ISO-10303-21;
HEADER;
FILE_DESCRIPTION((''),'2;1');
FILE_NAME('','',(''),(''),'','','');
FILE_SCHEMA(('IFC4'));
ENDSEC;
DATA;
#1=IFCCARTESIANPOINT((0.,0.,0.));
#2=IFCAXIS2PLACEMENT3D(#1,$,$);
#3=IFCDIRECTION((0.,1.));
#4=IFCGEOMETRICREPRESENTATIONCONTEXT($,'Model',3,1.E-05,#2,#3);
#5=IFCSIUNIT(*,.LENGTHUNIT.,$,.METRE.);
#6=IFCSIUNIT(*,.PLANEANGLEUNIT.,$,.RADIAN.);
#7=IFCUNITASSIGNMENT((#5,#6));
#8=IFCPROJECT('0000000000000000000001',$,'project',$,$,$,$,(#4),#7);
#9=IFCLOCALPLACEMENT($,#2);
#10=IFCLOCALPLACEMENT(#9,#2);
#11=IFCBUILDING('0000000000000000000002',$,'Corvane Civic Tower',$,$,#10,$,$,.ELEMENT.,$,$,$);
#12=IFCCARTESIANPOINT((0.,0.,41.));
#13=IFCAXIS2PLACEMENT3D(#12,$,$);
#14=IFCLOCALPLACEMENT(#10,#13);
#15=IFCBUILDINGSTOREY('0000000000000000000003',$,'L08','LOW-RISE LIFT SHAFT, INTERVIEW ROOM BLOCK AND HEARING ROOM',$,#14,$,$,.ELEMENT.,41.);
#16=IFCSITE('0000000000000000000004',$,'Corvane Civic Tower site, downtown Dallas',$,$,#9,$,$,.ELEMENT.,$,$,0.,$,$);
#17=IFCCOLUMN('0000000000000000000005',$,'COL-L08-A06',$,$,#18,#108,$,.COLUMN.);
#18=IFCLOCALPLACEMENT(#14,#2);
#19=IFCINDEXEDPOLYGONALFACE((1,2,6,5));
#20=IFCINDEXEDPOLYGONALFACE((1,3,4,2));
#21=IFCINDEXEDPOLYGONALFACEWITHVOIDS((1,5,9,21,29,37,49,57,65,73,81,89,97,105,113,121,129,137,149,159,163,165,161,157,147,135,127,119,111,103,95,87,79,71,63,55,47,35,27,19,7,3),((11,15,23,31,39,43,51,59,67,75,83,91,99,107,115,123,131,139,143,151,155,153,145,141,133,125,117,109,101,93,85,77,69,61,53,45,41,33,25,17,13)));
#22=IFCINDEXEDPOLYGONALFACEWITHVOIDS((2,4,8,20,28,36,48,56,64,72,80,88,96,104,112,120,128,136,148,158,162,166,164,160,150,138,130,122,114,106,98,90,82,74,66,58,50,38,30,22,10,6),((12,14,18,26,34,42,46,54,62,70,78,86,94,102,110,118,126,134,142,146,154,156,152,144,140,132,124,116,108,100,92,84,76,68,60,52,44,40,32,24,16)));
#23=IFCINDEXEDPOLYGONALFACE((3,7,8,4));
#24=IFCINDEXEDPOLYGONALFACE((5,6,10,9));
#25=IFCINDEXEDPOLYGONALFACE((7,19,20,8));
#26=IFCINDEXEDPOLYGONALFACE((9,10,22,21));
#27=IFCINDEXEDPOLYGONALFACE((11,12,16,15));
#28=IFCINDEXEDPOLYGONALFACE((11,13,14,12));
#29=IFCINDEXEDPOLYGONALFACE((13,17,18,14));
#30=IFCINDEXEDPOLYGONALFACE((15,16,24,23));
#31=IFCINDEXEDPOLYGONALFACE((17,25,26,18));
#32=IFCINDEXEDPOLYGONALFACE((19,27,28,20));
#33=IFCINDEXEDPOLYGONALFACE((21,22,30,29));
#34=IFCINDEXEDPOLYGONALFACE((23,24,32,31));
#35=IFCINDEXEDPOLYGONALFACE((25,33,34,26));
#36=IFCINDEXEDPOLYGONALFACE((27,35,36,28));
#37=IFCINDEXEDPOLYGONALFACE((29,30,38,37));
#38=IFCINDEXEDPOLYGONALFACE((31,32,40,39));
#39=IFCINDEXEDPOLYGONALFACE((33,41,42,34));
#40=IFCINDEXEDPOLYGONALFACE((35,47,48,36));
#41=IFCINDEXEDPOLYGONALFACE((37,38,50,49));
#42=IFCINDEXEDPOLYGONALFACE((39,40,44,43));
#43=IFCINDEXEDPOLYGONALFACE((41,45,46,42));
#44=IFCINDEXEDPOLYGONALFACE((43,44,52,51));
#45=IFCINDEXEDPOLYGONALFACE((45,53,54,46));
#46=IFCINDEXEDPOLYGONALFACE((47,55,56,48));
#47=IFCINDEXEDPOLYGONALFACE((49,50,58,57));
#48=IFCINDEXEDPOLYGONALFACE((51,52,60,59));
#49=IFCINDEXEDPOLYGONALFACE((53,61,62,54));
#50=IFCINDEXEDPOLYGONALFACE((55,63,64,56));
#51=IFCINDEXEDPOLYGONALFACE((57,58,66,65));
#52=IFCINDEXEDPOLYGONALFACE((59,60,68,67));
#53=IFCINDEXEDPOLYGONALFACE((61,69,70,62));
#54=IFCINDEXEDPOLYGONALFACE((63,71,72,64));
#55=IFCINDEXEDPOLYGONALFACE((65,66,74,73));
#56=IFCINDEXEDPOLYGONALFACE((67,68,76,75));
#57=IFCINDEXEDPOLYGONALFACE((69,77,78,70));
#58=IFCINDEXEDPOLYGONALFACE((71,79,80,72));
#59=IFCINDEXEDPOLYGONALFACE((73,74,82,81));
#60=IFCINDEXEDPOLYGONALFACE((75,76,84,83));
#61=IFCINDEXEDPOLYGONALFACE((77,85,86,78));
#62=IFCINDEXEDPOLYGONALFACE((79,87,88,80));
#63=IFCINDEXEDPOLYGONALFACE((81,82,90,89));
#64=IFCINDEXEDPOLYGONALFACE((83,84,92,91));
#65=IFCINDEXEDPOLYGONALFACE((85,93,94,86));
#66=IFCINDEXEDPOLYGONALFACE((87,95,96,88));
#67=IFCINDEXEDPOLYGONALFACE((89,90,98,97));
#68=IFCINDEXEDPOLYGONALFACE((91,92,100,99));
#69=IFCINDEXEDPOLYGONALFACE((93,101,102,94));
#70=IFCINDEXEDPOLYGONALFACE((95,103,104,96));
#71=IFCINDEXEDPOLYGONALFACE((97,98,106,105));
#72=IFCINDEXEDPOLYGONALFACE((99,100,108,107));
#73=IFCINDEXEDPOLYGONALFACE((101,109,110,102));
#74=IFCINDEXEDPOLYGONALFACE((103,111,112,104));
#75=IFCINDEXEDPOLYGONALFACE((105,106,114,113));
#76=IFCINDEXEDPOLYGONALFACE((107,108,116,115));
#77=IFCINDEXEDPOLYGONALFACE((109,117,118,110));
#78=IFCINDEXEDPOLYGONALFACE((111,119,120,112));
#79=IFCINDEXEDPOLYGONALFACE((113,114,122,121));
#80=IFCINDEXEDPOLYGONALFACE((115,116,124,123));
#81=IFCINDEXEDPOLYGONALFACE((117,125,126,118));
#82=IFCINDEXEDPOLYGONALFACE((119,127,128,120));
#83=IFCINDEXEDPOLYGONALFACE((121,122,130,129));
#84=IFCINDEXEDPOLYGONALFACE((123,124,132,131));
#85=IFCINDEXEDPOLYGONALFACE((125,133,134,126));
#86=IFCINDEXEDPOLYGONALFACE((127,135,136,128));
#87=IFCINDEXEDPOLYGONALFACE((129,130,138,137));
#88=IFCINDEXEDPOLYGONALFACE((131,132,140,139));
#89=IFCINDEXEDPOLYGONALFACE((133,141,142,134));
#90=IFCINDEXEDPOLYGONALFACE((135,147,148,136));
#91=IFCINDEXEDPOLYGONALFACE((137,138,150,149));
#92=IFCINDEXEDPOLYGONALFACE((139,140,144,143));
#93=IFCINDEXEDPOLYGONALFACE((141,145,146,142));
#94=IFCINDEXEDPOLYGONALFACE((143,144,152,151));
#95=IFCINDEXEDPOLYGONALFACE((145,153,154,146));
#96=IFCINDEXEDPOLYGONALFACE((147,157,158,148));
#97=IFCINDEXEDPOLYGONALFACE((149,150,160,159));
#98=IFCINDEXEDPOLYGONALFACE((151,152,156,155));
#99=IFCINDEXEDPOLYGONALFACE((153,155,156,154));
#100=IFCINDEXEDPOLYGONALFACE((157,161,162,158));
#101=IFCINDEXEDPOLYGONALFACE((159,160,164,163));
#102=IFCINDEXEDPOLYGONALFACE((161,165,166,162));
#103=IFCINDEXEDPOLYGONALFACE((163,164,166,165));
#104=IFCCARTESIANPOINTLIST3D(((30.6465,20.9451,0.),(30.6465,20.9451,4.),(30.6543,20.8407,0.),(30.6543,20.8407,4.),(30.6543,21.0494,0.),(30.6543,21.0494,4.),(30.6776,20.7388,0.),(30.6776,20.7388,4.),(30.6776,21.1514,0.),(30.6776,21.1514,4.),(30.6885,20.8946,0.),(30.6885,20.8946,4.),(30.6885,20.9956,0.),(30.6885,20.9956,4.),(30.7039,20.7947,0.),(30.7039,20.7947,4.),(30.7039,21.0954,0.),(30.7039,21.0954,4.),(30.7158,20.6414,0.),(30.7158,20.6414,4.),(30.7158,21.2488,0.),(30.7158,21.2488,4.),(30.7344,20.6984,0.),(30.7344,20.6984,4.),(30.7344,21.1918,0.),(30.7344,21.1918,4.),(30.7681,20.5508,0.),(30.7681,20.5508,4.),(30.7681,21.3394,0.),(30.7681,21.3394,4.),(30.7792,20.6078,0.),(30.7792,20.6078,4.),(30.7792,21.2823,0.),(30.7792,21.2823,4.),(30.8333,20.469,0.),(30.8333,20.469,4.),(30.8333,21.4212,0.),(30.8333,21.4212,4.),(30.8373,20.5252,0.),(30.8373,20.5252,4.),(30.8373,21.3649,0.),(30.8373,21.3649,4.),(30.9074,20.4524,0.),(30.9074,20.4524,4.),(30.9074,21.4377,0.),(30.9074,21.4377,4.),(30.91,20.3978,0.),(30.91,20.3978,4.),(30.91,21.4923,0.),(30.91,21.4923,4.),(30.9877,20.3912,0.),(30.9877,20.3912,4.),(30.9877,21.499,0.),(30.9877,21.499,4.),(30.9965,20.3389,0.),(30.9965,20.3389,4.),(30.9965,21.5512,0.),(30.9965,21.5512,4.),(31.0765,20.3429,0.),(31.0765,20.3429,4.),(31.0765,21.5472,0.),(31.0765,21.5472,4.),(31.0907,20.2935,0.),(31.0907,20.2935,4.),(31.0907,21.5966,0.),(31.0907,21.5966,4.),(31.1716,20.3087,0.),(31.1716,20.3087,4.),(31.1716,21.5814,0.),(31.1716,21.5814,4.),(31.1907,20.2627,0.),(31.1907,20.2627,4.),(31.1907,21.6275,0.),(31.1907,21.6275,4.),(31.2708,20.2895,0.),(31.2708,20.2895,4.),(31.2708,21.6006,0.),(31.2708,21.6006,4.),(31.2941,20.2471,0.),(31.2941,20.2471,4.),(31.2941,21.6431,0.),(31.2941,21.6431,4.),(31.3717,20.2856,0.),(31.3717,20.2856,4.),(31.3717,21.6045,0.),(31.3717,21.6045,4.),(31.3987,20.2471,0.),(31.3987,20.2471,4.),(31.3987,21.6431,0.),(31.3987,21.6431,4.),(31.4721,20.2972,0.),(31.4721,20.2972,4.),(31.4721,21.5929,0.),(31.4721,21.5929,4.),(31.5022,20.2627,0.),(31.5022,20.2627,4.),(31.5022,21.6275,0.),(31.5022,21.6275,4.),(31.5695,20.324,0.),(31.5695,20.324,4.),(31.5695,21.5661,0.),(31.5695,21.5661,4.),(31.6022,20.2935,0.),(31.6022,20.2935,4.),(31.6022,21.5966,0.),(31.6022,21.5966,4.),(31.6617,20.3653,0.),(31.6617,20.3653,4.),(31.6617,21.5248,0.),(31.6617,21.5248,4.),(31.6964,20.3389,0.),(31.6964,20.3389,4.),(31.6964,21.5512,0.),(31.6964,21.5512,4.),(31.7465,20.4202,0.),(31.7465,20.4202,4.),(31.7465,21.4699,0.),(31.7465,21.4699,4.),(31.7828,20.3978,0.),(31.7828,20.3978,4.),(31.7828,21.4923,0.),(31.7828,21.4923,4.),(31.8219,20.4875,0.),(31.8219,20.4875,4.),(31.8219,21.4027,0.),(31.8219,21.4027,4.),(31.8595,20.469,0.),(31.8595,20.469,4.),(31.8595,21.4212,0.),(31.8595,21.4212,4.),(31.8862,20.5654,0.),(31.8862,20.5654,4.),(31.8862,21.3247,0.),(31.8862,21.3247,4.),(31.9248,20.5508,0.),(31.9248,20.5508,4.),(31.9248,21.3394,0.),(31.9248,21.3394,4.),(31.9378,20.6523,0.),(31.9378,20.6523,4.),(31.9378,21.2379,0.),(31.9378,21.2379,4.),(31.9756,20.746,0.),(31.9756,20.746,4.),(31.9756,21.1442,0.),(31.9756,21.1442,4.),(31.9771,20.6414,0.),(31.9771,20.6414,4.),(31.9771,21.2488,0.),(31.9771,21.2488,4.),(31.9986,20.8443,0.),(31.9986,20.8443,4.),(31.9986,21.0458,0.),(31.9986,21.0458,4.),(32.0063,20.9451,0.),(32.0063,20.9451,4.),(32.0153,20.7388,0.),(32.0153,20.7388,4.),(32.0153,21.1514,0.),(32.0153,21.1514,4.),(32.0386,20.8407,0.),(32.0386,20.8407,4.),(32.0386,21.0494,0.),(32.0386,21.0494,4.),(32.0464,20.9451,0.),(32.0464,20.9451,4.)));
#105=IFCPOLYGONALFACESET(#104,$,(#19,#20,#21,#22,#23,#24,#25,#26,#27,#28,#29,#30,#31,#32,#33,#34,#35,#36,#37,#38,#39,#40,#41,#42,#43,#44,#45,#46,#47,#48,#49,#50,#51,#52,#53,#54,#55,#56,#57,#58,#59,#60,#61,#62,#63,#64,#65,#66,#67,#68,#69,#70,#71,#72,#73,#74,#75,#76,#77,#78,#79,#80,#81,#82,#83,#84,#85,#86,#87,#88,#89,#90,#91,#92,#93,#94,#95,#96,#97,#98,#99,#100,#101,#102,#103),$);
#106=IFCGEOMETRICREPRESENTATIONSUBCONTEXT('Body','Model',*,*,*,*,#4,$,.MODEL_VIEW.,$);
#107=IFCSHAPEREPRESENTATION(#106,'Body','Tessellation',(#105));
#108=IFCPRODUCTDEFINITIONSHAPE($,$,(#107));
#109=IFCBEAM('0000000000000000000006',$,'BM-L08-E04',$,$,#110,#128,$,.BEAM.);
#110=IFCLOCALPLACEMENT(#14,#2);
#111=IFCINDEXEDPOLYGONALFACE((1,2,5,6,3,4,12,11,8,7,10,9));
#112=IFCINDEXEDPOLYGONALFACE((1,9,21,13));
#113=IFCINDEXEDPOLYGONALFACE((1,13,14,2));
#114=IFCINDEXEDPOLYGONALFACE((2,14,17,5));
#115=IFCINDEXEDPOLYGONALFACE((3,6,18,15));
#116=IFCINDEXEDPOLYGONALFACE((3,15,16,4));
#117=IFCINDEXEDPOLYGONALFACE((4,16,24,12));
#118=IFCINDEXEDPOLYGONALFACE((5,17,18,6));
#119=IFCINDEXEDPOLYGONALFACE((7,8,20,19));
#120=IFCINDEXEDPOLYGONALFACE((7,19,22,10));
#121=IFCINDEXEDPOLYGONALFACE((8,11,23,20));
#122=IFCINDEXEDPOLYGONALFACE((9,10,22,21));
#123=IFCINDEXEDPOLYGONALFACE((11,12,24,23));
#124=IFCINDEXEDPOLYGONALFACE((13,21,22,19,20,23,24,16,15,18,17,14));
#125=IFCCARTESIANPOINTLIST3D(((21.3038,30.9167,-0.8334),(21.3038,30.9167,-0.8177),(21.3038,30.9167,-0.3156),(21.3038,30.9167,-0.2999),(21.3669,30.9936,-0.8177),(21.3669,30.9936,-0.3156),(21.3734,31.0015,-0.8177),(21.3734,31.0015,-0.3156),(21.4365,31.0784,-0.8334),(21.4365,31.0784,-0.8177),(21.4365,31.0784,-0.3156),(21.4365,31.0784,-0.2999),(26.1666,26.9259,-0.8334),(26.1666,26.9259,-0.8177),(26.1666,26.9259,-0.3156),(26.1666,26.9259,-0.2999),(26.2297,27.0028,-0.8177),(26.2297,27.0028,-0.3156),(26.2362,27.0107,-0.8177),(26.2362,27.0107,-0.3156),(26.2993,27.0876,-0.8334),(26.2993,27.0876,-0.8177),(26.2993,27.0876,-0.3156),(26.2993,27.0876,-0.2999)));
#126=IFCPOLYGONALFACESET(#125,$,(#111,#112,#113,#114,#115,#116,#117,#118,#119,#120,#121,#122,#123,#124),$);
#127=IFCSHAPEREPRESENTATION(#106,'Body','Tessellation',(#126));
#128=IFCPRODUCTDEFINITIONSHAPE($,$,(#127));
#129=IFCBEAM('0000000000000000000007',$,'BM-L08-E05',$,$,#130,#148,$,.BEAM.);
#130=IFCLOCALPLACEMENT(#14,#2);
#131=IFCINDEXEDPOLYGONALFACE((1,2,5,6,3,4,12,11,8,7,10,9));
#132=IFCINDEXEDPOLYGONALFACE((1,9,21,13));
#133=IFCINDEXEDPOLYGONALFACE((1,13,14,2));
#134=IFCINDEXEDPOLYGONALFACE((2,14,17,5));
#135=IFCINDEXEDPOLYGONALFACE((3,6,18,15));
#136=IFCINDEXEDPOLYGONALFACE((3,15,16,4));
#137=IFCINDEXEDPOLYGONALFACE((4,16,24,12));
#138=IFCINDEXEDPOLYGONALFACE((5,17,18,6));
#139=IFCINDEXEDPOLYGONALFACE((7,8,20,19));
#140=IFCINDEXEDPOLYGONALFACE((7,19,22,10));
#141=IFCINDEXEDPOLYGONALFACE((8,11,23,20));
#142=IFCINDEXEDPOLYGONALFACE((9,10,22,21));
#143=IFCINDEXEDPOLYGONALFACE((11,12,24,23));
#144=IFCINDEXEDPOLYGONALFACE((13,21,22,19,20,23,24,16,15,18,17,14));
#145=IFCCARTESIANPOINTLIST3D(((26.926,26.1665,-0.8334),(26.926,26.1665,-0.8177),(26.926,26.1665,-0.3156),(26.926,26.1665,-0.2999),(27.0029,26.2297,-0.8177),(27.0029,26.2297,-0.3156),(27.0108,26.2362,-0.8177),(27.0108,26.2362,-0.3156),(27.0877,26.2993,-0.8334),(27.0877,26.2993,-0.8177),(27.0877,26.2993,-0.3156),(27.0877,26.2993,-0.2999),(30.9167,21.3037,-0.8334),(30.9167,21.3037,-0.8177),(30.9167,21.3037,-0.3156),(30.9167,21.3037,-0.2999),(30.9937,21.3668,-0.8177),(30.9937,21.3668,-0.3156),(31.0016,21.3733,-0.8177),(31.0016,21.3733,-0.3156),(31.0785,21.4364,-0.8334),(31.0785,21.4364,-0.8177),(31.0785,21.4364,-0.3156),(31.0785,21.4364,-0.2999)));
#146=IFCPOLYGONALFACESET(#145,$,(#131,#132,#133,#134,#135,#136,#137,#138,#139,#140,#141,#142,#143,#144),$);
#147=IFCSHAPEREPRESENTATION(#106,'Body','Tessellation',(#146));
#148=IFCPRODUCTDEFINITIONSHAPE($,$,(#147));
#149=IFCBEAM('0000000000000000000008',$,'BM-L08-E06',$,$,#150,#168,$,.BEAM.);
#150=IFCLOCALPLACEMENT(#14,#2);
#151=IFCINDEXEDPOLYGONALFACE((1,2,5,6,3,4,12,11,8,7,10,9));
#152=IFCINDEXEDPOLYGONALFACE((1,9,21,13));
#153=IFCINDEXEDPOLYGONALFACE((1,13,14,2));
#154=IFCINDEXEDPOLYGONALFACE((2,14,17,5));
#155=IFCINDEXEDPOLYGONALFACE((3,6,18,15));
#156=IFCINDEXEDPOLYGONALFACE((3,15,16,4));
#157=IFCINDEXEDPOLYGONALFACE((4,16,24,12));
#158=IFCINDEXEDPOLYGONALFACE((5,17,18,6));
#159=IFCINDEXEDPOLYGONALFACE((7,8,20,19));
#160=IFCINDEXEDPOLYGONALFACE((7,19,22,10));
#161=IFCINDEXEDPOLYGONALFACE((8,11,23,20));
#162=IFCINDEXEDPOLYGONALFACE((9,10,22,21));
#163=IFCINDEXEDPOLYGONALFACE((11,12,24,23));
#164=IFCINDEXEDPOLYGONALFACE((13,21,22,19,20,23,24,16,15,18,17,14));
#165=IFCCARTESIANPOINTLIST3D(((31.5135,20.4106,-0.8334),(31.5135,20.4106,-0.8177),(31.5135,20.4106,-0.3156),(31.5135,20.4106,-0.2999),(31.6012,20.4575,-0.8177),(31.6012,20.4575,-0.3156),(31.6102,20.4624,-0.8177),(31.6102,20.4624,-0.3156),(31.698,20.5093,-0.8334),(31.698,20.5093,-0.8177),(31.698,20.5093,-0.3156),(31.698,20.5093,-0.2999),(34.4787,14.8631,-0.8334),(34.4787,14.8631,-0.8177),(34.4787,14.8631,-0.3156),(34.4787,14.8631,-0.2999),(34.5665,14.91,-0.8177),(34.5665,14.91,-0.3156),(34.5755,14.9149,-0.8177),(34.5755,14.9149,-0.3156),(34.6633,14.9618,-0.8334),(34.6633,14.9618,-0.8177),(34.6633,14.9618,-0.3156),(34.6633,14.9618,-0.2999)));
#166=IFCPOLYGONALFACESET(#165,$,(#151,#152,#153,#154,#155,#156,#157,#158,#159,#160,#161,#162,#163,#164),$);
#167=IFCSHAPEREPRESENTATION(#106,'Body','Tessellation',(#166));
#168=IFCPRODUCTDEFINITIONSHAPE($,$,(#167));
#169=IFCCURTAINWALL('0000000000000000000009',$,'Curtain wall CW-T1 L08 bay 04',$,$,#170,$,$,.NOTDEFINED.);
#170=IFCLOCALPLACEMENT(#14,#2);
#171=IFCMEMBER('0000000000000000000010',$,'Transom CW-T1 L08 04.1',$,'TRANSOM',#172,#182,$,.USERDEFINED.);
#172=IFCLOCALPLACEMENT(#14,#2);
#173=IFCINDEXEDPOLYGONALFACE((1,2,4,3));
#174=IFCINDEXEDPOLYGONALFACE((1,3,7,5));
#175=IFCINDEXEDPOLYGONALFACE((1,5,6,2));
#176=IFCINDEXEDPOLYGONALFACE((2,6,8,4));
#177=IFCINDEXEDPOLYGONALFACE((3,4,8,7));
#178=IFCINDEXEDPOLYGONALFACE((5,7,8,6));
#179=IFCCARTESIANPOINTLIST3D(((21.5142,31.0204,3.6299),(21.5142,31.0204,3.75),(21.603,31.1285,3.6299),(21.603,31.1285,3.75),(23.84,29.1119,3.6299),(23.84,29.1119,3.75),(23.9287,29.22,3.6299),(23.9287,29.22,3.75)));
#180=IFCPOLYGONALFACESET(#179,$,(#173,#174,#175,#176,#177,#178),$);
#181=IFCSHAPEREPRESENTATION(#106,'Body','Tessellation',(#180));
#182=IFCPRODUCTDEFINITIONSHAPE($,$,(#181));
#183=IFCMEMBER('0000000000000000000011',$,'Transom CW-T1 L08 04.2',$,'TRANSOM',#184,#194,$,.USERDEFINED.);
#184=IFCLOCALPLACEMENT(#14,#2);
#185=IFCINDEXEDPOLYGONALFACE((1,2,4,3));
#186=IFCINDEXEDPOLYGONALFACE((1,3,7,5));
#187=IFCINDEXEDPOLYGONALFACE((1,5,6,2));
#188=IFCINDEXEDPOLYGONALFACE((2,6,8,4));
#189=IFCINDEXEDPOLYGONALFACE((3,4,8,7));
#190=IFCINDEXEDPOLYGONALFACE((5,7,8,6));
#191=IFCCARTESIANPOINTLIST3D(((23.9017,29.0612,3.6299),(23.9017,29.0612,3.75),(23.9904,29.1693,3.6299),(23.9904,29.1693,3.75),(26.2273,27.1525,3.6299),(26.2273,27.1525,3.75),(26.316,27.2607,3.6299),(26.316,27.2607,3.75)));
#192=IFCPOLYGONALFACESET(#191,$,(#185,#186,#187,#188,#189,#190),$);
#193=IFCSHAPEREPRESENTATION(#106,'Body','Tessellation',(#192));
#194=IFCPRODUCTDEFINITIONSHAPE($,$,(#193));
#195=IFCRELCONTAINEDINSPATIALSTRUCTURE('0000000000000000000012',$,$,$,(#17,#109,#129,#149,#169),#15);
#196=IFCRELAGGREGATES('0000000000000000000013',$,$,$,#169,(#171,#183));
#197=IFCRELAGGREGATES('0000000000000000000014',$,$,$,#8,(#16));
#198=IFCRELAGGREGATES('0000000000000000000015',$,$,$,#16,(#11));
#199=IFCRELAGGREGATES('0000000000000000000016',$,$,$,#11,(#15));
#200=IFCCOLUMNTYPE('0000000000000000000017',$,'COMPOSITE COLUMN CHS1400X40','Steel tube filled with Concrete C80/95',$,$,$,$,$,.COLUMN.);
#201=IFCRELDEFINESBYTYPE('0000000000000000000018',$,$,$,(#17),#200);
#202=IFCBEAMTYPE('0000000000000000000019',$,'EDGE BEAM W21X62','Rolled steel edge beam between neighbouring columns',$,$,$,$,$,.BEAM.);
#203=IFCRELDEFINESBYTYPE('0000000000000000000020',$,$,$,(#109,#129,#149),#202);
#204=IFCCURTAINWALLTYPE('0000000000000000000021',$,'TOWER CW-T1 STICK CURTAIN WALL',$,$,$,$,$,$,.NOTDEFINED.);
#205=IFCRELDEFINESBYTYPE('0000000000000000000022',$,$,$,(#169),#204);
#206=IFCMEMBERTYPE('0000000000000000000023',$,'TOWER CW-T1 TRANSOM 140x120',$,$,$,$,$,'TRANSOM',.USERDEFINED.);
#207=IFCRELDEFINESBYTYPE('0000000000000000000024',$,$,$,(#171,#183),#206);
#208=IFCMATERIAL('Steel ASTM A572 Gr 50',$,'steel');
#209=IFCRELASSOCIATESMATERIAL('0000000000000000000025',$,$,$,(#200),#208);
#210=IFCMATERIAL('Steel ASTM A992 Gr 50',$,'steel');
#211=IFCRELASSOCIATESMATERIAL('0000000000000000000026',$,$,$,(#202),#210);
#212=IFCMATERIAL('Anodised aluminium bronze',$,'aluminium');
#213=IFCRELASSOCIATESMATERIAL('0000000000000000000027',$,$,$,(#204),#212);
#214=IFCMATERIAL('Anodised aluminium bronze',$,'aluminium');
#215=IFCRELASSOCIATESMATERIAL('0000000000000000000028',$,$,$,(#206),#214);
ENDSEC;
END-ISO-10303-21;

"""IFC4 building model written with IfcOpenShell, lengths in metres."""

from ifc_helpers import new_model, si_unit, direction, frame, origin, origin_2d, place, context, subcontext, project, spatial, rectangle, hollow_circle, i_section, extrude, material, material_profile, profile_set, type_object, element, aggregate, save


model = new_model("IFC4")

# Units and contexts
model_context = context("Model", 3, precision=1e-05, world=origin(), true_north=direction((0.0, 1.0)))
body_context = subcontext(model_context, "Body", "Model", "MODEL_VIEW")
ifc_project = project(units=[si_unit("LENGTHUNIT", "METRE"), si_unit("PLANEANGLEUNIT", "RADIAN")], contexts=[model_context])

# Site, building, storey
site_placement = place(None, origin())
site = spatial("IfcSite", under=ifc_project, at=site_placement, Name="Corvane Civic Tower site, downtown Dallas", CompositionType="ELEMENT", RefElevation=0.0)
building_placement = place(site_placement, origin())
building = spatial("IfcBuilding", under=site, at=building_placement, Name="Corvane Civic Tower", CompositionType="ELEMENT")
storey_placement = place(building_placement, frame((0.0, 0.0, 41.0)))
storey = spatial("IfcBuildingStorey", under=building, at=storey_placement, Name="L08", Description="LOW-RISE LIFT SHAFT, INTERVIEW ROOM BLOCK AND HEARING ROOM", CompositionType="ELEMENT", Elevation=41.0)

# Column
ifc_material_1 = material(Name="Steel ASTM A572 Gr 50", Category="steel")
ifc_material_profile_1 = material_profile(ifc_material_1, hollow_circle(Radius=0.7, WallThickness=0.04, at=origin_2d()), Name="CHS1400X40")
ifc_profile_set_1 = profile_set([ifc_material_profile_1], Name="Steel ASTM A572 Gr 50")
column_type = type_object("IfcColumnType", Name="COMPOSITE COLUMN CHS1400X40", Description="Steel tube filled with Concrete C80/95", PredefinedType="COLUMN", material=ifc_profile_set_1)
for number, where, z_axis, x_axis, name in (
    (1, (31.3464, 20.9451, 0.0), (0.0, 0.0, 1.0), (1.0, 0.0, 0.0), "COL-L08-A06"),
):
    element("IfcColumn", number, at=place(storey_placement, frame(where, z_axis=z_axis, x_axis=x_axis)), inside=storey, type_object=column_type, Name=name, PredefinedType="COLUMN", context=body_context, shape_type="SweptSolid", body=[
        extrude(hollow_circle(Radius=0.7, WallThickness=0.04, at=origin_2d()), origin(), (0.0, 0.0, 1.0), 4.0),
    ])

# Beams
ifc_material_2 = material(Name="Steel ASTM A992 Gr 50", Category="steel")
ifc_material_profile_2 = material_profile(ifc_material_2, i_section(OverallWidth=0.2092, OverallDepth=0.5334, WebThickness=0.0103, FlangeThickness=0.0156, at=origin_2d()), Name="W21X62")
ifc_profile_set_2 = profile_set([ifc_material_profile_2], Name="Steel ASTM A992 Gr 50")
beam_type = type_object("IfcBeamType", Name="EDGE BEAM W21X62", Description="Rolled steel edge beam between neighbouring columns", PredefinedType="BEAM", material=ifc_profile_set_2)
for number, where, z_axis, x_axis, name in (
    (2, (21.3701, 30.9976, -0.5667), (0.773016, -0.634387, 0.0), (0.634387, 0.773016, 0.0), "BM-L08-E04"),
    (3, (27.0068, 26.2329, -0.5667), (0.634387, -0.773016, 0.0), (0.773016, 0.634387, 0.0), "BM-L08-E05"),
):
    element("IfcBeam", number, at=place(storey_placement, frame(where, z_axis=z_axis, x_axis=x_axis)), inside=storey, type_object=beam_type, Name=name, PredefinedType="BEAM", context=body_context, shape_type="SweptSolid", body=[
        extrude(i_section(OverallWidth=0.2092, OverallDepth=0.5334, WebThickness=0.0103, FlangeThickness=0.0156, at=origin_2d()), origin(), (0.0, 0.0, 1.0), 6.2908),
    ])
beam_placement = place(storey_placement, frame((31.6057, 20.46, -0.5667), z_axis=(0.471406, -0.881916, 0.0), x_axis=(0.881916, 0.471406, 0.0)))
element("IfcBeam", 4, at=beam_placement, inside=storey, type_object=beam_type, Name="BM-L08-E06", PredefinedType="BEAM", context=body_context, shape_type="SweptSolid", body=[
    extrude(i_section(OverallWidth=0.2092, OverallDepth=0.5334, WebThickness=0.0103, FlangeThickness=0.0156, at=origin_2d()), origin(), (0.0, 0.0, 1.0), 6.2903),
])

# Curtain wall, members
ifc_material_3 = material(Name="Anodised aluminium bronze", Category="aluminium")
curtain_wall_type = type_object("IfcCurtainWallType", Name="TOWER CW-T1 STICK CURTAIN WALL", PredefinedType="NOTDEFINED", material=ifc_material_3)
curtain_wall_1_placement = place(storey_placement, origin())
curtain_wall_1 = element("IfcCurtainWall", 5, at=curtain_wall_1_placement, inside=storey, type_object=curtain_wall_type, Name="Curtain wall CW-T1 L08 bay 04", PredefinedType="NOTDEFINED")
ifc_material_4 = material(Name="Anodised aluminium bronze", Category="aluminium")
ifc_material_profile_3 = material_profile(ifc_material_4, rectangle(XDim=0.1399, YDim=0.1201, at=origin_2d()), Name="TOWER CW-T1 TRANSOM 140x120")
ifc_profile_set_3 = profile_set([ifc_material_profile_3], Name="Anodised aluminium bronze")
member_type_1 = type_object("IfcMemberType", Name="TOWER CW-T1 TRANSOM 140x120", ElementType="TRANSOM", PredefinedType="USERDEFINED", material=ifc_profile_set_3)
member_1_placement = place(storey_placement, frame((21.5586, 31.0745, 3.6899), z_axis=(0.773042, -0.634355, 0.0), x_axis=(0.634355, 0.773042, 0.0)))
member_1 = element("IfcMember", 6, at=member_1_placement, type_object=member_type_1, Name="Transom CW-T1 L08 04.1", ObjectType="TRANSOM", PredefinedType="USERDEFINED", context=body_context, shape_type="SweptSolid", body=[
    extrude(rectangle(XDim=0.1399, YDim=0.1201, at=origin_2d()), origin(), (0.0, 0.0, 1.0), 3.0085),
])
member_2_placement = place(storey_placement, frame((23.946, 29.1152, 3.6899), z_axis=(0.773002, -0.634404, 0.0), x_axis=(0.634404, 0.773002, 0.0)))
member_2 = element("IfcMember", 7, at=member_2_placement, type_object=member_type_1, Name="Transom CW-T1 L08 04.2", ObjectType="TRANSOM", PredefinedType="USERDEFINED", context=body_context, shape_type="SweptSolid", body=[
    extrude(rectangle(XDim=0.1399, YDim=0.1201, at=origin_2d()), origin(), (0.0, 0.0, 1.0), 3.0085),
])

aggregate(curtain_wall_1, [member_1, member_2])

save(model, "model.ifc")
